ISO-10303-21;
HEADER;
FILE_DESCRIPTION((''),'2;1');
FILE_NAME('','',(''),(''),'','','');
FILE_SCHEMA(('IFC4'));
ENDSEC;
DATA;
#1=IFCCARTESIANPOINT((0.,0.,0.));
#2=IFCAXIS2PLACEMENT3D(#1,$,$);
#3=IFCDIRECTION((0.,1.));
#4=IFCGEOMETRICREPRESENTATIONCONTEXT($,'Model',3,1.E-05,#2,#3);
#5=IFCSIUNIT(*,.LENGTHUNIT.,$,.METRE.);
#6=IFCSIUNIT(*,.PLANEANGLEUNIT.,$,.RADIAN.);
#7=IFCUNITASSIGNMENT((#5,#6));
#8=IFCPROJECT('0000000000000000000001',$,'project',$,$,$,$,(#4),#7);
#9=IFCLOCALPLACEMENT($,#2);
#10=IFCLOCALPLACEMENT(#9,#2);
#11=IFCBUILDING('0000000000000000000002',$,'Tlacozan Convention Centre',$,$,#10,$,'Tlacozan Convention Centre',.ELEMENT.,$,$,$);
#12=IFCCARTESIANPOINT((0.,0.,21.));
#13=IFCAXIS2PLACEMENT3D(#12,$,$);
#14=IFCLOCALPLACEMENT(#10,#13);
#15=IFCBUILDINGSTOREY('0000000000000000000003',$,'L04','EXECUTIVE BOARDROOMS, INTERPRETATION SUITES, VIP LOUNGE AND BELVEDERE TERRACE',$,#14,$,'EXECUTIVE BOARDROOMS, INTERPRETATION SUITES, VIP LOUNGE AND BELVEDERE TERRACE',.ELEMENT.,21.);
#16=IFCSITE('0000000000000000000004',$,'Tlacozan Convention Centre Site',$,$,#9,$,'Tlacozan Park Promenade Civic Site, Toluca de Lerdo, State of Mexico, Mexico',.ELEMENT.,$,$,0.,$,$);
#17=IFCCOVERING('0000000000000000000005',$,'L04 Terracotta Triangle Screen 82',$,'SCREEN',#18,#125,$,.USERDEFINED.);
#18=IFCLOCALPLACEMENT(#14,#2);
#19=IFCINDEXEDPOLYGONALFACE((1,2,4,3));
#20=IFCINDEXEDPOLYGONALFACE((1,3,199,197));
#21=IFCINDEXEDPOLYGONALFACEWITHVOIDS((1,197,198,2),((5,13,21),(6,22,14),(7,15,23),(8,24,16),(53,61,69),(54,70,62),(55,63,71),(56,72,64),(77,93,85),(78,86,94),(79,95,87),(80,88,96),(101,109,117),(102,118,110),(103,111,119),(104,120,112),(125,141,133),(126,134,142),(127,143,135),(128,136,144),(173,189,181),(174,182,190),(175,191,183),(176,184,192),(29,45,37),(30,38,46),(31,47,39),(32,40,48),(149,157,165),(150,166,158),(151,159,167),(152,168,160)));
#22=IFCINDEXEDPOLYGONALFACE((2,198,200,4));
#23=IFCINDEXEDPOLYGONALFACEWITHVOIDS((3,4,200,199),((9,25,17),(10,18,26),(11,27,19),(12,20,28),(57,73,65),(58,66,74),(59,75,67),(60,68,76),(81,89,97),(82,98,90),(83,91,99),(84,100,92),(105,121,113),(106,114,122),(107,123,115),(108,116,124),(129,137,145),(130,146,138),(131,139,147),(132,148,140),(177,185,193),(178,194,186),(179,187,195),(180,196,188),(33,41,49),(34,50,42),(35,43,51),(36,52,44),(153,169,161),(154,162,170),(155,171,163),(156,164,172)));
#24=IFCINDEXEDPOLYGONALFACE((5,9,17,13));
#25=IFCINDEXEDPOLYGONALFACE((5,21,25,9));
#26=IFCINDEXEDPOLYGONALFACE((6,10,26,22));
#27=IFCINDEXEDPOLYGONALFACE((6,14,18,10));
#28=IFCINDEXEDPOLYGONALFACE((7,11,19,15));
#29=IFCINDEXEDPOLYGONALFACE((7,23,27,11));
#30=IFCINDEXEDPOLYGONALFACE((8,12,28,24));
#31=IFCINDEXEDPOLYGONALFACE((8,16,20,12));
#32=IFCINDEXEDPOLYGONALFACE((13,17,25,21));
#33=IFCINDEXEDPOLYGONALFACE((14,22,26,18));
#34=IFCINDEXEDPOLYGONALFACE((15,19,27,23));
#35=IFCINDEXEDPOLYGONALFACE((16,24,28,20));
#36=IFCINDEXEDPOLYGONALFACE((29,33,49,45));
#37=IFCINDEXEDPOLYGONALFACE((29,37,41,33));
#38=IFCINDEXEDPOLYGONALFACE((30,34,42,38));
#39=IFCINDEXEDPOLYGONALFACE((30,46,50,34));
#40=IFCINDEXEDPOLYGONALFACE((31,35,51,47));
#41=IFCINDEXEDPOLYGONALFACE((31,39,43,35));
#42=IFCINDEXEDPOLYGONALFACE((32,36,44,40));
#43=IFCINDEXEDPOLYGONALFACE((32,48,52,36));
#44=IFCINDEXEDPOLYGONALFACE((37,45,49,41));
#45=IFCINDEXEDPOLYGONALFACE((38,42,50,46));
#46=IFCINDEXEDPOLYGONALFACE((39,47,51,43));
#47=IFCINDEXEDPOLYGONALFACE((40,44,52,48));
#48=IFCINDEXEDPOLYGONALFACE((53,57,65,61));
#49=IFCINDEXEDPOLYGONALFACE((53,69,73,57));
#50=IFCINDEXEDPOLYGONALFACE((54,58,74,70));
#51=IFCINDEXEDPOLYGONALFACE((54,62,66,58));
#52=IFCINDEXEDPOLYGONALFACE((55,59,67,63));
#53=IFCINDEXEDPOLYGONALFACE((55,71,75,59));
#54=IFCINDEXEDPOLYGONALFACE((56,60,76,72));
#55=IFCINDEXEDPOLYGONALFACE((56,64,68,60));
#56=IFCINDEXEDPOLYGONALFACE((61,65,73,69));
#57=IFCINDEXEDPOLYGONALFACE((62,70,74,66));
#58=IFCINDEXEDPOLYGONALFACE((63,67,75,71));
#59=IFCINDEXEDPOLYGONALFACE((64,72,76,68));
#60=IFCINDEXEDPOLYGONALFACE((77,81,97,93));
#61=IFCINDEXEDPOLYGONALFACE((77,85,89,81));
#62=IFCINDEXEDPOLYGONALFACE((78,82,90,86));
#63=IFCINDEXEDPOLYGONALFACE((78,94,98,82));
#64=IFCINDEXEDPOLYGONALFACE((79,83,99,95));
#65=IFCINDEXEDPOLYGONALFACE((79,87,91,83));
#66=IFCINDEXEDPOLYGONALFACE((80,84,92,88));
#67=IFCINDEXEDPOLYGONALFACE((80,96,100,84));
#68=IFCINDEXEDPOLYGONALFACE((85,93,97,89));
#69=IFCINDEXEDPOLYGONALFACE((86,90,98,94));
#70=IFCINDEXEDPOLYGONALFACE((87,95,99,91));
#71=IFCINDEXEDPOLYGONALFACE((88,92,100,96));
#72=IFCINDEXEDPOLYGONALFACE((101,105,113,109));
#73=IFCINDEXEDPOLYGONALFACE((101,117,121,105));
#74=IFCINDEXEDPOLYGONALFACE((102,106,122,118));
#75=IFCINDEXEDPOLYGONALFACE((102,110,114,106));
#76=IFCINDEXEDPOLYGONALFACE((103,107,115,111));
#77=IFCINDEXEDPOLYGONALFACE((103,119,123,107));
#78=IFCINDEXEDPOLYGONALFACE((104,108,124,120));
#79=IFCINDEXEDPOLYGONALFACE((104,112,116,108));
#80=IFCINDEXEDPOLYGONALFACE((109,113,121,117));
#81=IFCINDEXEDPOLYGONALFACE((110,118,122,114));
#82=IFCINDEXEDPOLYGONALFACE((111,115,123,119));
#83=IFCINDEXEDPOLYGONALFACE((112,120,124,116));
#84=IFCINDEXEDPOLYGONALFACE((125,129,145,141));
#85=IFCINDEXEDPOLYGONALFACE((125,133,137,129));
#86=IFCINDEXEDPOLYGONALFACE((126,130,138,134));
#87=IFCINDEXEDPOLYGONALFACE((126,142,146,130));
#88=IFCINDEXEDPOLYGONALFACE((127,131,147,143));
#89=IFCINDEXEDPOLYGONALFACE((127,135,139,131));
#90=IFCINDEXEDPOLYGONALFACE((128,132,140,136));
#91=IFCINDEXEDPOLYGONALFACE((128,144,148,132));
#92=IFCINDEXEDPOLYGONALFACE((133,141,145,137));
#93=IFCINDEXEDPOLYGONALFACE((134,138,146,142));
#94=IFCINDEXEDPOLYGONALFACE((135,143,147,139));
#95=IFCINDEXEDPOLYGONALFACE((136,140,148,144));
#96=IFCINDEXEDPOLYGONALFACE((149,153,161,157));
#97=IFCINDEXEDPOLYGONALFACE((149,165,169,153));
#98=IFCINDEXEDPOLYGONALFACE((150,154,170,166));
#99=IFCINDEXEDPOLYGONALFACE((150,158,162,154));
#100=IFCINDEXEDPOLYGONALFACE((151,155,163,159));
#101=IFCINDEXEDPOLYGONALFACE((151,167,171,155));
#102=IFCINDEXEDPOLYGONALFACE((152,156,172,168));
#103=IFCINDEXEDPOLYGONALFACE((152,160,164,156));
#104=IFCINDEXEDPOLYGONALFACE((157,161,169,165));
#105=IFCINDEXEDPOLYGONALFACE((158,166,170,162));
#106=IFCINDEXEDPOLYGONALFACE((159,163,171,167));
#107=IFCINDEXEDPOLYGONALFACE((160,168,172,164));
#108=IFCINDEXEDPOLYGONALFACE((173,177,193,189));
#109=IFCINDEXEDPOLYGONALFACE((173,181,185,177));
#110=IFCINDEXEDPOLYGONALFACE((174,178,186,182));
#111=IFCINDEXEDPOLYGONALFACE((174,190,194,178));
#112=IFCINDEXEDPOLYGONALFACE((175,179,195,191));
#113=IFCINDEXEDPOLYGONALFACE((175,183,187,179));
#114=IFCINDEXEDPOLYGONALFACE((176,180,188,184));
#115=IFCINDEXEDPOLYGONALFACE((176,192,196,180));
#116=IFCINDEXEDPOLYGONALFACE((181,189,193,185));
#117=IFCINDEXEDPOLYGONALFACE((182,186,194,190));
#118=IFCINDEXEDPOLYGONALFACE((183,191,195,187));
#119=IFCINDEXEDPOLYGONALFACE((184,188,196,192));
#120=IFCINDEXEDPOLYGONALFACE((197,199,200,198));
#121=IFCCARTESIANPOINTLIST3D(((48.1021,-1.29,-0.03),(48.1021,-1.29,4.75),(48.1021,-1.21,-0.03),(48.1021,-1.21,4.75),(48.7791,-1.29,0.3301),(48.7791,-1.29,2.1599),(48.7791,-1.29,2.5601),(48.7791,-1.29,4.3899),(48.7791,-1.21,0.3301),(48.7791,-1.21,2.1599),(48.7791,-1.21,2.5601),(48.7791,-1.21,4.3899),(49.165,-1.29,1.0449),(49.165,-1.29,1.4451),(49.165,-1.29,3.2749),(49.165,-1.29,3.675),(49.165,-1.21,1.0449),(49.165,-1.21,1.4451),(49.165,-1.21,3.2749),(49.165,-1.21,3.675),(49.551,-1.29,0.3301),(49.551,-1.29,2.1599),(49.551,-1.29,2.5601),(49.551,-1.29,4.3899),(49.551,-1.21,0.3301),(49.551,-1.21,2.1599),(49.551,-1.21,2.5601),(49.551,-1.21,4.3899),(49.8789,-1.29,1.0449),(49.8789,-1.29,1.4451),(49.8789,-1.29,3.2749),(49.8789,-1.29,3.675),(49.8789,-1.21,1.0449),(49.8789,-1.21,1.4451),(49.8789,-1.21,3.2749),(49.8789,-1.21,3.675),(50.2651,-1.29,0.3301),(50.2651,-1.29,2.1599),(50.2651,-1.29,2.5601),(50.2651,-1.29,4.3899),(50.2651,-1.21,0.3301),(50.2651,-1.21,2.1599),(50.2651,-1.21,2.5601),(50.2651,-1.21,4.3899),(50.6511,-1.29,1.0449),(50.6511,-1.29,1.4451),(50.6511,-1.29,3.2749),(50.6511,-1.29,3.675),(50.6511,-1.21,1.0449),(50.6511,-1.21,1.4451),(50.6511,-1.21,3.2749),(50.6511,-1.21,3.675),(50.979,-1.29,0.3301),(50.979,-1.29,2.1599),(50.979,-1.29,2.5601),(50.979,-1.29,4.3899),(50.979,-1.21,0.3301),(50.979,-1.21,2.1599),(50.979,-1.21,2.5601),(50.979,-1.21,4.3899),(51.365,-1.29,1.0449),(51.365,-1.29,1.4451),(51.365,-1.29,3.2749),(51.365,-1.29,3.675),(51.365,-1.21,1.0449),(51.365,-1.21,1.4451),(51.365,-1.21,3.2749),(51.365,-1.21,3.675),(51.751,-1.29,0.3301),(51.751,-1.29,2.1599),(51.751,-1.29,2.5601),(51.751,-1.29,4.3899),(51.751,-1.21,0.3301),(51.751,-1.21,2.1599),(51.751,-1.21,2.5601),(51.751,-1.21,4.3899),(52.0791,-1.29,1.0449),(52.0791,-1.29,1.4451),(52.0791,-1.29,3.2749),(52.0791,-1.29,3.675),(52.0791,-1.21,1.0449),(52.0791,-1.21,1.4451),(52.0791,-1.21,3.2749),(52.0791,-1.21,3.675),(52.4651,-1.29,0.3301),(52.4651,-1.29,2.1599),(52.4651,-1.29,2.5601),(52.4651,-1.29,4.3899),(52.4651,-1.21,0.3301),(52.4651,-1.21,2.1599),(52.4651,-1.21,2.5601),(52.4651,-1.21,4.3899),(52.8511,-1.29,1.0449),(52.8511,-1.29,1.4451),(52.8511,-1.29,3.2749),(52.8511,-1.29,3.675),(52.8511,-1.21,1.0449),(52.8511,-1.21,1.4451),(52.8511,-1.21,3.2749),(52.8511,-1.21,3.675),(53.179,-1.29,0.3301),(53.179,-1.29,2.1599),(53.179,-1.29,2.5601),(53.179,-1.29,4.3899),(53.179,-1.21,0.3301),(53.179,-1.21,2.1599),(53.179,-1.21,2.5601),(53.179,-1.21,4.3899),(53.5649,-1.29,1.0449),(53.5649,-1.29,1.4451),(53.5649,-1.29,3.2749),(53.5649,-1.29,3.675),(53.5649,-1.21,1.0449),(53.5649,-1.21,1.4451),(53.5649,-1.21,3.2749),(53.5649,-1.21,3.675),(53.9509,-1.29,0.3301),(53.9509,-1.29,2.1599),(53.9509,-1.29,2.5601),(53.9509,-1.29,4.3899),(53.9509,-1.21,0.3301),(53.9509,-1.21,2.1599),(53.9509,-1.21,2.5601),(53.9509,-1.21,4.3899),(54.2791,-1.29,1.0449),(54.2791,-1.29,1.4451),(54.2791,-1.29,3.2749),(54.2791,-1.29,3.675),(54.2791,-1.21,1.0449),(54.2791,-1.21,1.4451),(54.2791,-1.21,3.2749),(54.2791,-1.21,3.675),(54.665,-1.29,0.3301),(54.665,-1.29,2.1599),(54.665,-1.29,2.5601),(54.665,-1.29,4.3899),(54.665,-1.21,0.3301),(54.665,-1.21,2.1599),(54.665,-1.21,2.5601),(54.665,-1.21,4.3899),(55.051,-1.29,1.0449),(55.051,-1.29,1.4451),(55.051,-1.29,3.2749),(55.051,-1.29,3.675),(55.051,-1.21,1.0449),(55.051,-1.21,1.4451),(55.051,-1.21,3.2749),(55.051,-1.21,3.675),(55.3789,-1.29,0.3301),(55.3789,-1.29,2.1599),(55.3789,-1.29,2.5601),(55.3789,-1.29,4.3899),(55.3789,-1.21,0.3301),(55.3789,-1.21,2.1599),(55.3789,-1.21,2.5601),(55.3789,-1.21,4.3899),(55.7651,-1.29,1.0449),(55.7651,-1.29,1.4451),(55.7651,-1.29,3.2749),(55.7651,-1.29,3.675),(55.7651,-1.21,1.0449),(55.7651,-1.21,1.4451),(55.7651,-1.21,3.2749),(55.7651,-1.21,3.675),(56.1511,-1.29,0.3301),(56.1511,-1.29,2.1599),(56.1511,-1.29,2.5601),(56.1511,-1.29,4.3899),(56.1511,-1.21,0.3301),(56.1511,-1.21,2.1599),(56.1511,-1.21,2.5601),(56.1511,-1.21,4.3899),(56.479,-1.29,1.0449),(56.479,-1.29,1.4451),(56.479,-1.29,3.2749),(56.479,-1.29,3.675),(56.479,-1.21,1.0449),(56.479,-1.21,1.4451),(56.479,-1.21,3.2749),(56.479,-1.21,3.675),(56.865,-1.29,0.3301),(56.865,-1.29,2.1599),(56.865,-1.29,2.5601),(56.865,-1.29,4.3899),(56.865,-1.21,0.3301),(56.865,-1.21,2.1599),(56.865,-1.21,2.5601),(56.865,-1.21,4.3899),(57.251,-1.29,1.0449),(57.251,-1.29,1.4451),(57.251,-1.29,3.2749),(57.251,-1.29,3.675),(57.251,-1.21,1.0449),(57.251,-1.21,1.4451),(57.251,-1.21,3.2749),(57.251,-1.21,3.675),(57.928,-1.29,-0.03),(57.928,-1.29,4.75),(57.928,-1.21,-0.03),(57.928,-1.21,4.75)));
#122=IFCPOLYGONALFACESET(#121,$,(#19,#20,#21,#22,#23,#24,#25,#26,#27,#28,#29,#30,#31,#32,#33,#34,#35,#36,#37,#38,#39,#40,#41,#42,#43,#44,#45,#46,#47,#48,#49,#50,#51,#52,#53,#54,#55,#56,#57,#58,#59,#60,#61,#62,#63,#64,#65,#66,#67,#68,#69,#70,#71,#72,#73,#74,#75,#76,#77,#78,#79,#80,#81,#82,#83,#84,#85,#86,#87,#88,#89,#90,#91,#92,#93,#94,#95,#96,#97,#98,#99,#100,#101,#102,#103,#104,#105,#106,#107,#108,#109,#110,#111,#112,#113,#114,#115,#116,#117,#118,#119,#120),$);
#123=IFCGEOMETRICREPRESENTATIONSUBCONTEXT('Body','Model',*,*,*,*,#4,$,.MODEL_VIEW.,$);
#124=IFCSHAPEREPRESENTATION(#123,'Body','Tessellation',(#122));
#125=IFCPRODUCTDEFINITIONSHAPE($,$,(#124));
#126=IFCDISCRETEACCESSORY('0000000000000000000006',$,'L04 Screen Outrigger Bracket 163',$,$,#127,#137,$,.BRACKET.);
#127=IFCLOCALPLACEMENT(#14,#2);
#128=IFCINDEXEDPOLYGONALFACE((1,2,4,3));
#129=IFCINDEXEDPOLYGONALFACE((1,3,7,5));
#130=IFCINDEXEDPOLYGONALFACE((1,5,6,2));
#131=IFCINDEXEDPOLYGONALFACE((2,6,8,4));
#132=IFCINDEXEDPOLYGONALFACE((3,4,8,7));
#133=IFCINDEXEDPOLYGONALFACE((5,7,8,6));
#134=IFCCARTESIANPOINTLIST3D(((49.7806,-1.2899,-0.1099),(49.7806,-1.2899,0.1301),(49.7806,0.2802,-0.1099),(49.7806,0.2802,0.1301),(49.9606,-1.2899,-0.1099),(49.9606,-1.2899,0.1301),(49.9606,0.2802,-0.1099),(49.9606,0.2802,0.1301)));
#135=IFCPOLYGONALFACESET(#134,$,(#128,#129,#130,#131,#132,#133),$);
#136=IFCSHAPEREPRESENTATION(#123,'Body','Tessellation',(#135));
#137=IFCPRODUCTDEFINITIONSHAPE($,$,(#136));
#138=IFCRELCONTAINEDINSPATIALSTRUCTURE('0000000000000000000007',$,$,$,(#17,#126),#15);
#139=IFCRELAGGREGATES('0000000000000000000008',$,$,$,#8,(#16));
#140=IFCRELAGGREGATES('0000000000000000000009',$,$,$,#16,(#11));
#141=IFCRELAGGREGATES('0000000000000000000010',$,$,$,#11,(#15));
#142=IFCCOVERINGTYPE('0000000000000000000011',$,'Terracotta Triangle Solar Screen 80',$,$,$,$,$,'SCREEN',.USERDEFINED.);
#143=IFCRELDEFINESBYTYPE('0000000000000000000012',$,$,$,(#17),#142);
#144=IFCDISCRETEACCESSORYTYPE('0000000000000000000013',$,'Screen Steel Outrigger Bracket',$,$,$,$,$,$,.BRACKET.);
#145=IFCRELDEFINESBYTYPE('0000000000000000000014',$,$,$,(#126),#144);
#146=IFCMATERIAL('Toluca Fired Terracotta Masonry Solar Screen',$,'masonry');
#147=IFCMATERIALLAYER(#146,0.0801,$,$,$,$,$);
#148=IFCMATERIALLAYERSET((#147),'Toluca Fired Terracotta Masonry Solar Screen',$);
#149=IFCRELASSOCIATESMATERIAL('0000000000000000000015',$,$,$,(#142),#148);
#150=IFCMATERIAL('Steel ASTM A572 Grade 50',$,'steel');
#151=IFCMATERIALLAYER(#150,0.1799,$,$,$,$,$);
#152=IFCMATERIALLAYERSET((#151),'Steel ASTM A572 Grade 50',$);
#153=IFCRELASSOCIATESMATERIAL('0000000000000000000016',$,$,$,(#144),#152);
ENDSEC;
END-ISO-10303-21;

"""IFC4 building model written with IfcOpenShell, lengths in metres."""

from ifc_helpers import new_model, si_unit, direction, frame, origin, origin_2d, place, context, subcontext, project, spatial, polyline, rectangle, outline, extrude, material, layer, layer_set, type_object, element, save


model = new_model("IFC4")

# Units and contexts
model_context = context("Model", 3, precision=1e-05, world=origin(), true_north=direction((0.0, 1.0)))
body_context = subcontext(model_context, "Body", "Model", "MODEL_VIEW")
ifc_project = project(units=[si_unit("LENGTHUNIT", "METRE"), si_unit("PLANEANGLEUNIT", "RADIAN")], contexts=[model_context])

# Site, building, storey
site_placement = place(None, origin())
site = spatial("IfcSite", under=ifc_project, at=site_placement, Name="Tlacozan Convention Centre Site", LongName="Tlacozan Park Promenade Civic Site, Toluca de Lerdo, State of Mexico, Mexico", CompositionType="ELEMENT", RefElevation=0.0)
building_placement = place(site_placement, origin())
building = spatial("IfcBuilding", under=site, at=building_placement, Name="Tlacozan Convention Centre", LongName="Tlacozan Convention Centre", CompositionType="ELEMENT")
storey_placement = place(building_placement, frame((0.0, 0.0, 21.0)))
storey = spatial("IfcBuildingStorey", under=building, at=storey_placement, Name="L04", Description="EXECUTIVE BOARDROOMS, INTERPRETATION SUITES, VIP LOUNGE AND BELVEDERE TERRACE", LongName="EXECUTIVE BOARDROOMS, INTERPRETATION SUITES, VIP LOUNGE AND BELVEDERE TERRACE", CompositionType="ELEMENT", Elevation=21.0)

# Covering
ifc_material_1 = material(Name="Toluca Fired Terracotta Masonry Solar Screen", Category="masonry")
ifc_layer_1 = layer(ifc_material_1, 0.0801)
ifc_layer_set_1 = layer_set([ifc_layer_1], Name="Toluca Fired Terracotta Masonry Solar Screen")
covering_type = type_object("IfcCoveringType", Name="Terracotta Triangle Solar Screen 80", ElementType="SCREEN", PredefinedType="USERDEFINED", material=ifc_layer_set_1)
covering_placement = place(storey_placement, frame((48.1021, -1.25, -0.03), z_axis=(0.0, 0.0, 1.0), x_axis=(1.0, 0.0, 0.0)))
element("IfcCovering", 1, at=covering_placement, inside=storey, type_object=covering_type, Name="L04 Terracotta Triangle Screen 82", ObjectType="SCREEN", PredefinedType="USERDEFINED", context=body_context, shape_type="SweptSolid", body=[
    extrude(outline(polyline([(0.0, 0.0), (9.8259, 0.0), (9.8259, 4.78), (0.0, 4.78), (0.0, 0.0)]), holes=[polyline([(0.677, 0.3601), (1.449, 0.3601), (1.063, 1.075), (0.677, 0.3601)]), polyline([(1.7769, 1.075), (2.5491, 1.075), (2.1631, 0.3601), (1.7769, 1.075)]), polyline([(2.877, 0.3601), (3.6489, 0.3601), (3.2629, 1.075), (2.877, 0.3601)]), polyline([(3.9771, 1.075), (4.749, 1.075), (4.363, 0.3601), (3.9771, 1.075)]), polyline([(5.0769, 0.3601), (5.8489, 0.3601), (5.4629, 1.075), (5.0769, 0.3601)]), polyline([(6.177, 1.075), (6.949, 1.075), (6.563, 0.3601), (6.177, 1.075)]), polyline([(7.2769, 0.3601), (8.0491, 0.3601), (7.6631, 1.075), (7.2769, 0.3601)]), polyline([(8.377, 1.075), (9.1489, 1.075), (8.7629, 0.3601), (8.377, 1.075)]), polyline([(0.677, 2.1899), (1.449, 2.1899), (1.063, 1.4751), (0.677, 2.1899)]), polyline([(1.7769, 1.4751), (2.5491, 1.4751), (2.1631, 2.1899), (1.7769, 1.4751)]), polyline([(2.877, 2.1899), (3.6489, 2.1899), (3.2629, 1.4751), (2.877, 2.1899)]), polyline([(3.9771, 1.4751), (4.749, 1.4751), (4.363, 2.1899), (3.9771, 1.4751)]), polyline([(5.0769, 2.1899), (5.8489, 2.1899), (5.4629, 1.4751), (5.0769, 2.1899)]), polyline([(6.177, 1.4751), (6.949, 1.4751), (6.563, 2.1899), (6.177, 1.4751)]), polyline([(7.2769, 2.1899), (8.0491, 2.1899), (7.6631, 1.4751), (7.2769, 2.1899)]), polyline([(8.377, 1.4751), (9.1489, 1.4751), (8.7629, 2.1899), (8.377, 1.4751)]), polyline([(0.677, 2.5901), (1.449, 2.5901), (1.063, 3.3049), (0.677, 2.5901)]), polyline([(1.7769, 3.3049), (2.5491, 3.3049), (2.1631, 2.5901), (1.7769, 3.3049)]), polyline([(2.877, 2.5901), (3.6489, 2.5901), (3.2629, 3.3049), (2.877, 2.5901)]), polyline([(3.9771, 3.3049), (4.749, 3.3049), (4.363, 2.5901), (3.9771, 3.3049)]), polyline([(5.0769, 2.5901), (5.8489, 2.5901), (5.4629, 3.3049), (5.0769, 2.5901)]), polyline([(6.177, 3.3049), (6.949, 3.3049), (6.563, 2.5901), (6.177, 3.3049)]), polyline([(7.2769, 2.5901), (8.0491, 2.5901), (7.6631, 3.3049), (7.2769, 2.5901)]), polyline([(8.377, 3.3049), (9.1489, 3.3049), (8.7629, 2.5901), (8.377, 3.3049)]), polyline([(0.677, 4.4199), (1.449, 4.4199), (1.063, 3.7051), (0.677, 4.4199)]), polyline([(1.7769, 3.7051), (2.5491, 3.7051), (2.1631, 4.4199), (1.7769, 3.7051)]), polyline([(2.877, 4.4199), (3.6489, 4.4199), (3.2629, 3.7051), (2.877, 4.4199)]), polyline([(3.9771, 3.7051), (4.749, 3.7051), (4.363, 4.4199), (3.9771, 3.7051)]), polyline([(5.0769, 4.4199), (5.8489, 4.4199), (5.4629, 3.7051), (5.0769, 4.4199)]), polyline([(6.177, 3.7051), (6.949, 3.7051), (6.563, 4.4199), (6.177, 3.7051)]), polyline([(7.2769, 4.4199), (8.0491, 4.4199), (7.6631, 3.7051), (7.2769, 4.4199)]), polyline([(8.377, 3.7051), (9.1489, 3.7051), (8.7629, 4.4199), (8.377, 3.7051)])]), frame((0.0, 0.04, 0.0), z_axis=(0.0, -1.0, 0.0), x_axis=(1.0, 0.0, 0.0)), (0.0, 0.0, 1.0), 0.0801),
])

# Discrete accessory
ifc_material_2 = material(Name="Steel ASTM A572 Grade 50", Category="steel")
ifc_layer_2 = layer(ifc_material_2, 0.1799)
ifc_layer_set_2 = layer_set([ifc_layer_2], Name="Steel ASTM A572 Grade 50")
discrete_accessory_type = type_object("IfcDiscreteAccessoryType", Name="Screen Steel Outrigger Bracket", PredefinedType="BRACKET", material=ifc_layer_set_2)
discrete_accessory_placement = place(storey_placement, frame((49.8706, -0.5049, -0.1099), z_axis=(0.0, 0.0, 1.0), x_axis=(0.0, 1.0, 0.0)))
element("IfcDiscreteAccessory", 2, at=discrete_accessory_placement, inside=storey, type_object=discrete_accessory_type, Name="L04 Screen Outrigger Bracket 163", PredefinedType="BRACKET", context=body_context, shape_type="SweptSolid", body=[
    extrude(rectangle(XDim=1.5701, YDim=0.1799, at=origin_2d()), origin(), (0.0, 0.0, 1.0), 0.24),
])

save(model, "model.ifc")
